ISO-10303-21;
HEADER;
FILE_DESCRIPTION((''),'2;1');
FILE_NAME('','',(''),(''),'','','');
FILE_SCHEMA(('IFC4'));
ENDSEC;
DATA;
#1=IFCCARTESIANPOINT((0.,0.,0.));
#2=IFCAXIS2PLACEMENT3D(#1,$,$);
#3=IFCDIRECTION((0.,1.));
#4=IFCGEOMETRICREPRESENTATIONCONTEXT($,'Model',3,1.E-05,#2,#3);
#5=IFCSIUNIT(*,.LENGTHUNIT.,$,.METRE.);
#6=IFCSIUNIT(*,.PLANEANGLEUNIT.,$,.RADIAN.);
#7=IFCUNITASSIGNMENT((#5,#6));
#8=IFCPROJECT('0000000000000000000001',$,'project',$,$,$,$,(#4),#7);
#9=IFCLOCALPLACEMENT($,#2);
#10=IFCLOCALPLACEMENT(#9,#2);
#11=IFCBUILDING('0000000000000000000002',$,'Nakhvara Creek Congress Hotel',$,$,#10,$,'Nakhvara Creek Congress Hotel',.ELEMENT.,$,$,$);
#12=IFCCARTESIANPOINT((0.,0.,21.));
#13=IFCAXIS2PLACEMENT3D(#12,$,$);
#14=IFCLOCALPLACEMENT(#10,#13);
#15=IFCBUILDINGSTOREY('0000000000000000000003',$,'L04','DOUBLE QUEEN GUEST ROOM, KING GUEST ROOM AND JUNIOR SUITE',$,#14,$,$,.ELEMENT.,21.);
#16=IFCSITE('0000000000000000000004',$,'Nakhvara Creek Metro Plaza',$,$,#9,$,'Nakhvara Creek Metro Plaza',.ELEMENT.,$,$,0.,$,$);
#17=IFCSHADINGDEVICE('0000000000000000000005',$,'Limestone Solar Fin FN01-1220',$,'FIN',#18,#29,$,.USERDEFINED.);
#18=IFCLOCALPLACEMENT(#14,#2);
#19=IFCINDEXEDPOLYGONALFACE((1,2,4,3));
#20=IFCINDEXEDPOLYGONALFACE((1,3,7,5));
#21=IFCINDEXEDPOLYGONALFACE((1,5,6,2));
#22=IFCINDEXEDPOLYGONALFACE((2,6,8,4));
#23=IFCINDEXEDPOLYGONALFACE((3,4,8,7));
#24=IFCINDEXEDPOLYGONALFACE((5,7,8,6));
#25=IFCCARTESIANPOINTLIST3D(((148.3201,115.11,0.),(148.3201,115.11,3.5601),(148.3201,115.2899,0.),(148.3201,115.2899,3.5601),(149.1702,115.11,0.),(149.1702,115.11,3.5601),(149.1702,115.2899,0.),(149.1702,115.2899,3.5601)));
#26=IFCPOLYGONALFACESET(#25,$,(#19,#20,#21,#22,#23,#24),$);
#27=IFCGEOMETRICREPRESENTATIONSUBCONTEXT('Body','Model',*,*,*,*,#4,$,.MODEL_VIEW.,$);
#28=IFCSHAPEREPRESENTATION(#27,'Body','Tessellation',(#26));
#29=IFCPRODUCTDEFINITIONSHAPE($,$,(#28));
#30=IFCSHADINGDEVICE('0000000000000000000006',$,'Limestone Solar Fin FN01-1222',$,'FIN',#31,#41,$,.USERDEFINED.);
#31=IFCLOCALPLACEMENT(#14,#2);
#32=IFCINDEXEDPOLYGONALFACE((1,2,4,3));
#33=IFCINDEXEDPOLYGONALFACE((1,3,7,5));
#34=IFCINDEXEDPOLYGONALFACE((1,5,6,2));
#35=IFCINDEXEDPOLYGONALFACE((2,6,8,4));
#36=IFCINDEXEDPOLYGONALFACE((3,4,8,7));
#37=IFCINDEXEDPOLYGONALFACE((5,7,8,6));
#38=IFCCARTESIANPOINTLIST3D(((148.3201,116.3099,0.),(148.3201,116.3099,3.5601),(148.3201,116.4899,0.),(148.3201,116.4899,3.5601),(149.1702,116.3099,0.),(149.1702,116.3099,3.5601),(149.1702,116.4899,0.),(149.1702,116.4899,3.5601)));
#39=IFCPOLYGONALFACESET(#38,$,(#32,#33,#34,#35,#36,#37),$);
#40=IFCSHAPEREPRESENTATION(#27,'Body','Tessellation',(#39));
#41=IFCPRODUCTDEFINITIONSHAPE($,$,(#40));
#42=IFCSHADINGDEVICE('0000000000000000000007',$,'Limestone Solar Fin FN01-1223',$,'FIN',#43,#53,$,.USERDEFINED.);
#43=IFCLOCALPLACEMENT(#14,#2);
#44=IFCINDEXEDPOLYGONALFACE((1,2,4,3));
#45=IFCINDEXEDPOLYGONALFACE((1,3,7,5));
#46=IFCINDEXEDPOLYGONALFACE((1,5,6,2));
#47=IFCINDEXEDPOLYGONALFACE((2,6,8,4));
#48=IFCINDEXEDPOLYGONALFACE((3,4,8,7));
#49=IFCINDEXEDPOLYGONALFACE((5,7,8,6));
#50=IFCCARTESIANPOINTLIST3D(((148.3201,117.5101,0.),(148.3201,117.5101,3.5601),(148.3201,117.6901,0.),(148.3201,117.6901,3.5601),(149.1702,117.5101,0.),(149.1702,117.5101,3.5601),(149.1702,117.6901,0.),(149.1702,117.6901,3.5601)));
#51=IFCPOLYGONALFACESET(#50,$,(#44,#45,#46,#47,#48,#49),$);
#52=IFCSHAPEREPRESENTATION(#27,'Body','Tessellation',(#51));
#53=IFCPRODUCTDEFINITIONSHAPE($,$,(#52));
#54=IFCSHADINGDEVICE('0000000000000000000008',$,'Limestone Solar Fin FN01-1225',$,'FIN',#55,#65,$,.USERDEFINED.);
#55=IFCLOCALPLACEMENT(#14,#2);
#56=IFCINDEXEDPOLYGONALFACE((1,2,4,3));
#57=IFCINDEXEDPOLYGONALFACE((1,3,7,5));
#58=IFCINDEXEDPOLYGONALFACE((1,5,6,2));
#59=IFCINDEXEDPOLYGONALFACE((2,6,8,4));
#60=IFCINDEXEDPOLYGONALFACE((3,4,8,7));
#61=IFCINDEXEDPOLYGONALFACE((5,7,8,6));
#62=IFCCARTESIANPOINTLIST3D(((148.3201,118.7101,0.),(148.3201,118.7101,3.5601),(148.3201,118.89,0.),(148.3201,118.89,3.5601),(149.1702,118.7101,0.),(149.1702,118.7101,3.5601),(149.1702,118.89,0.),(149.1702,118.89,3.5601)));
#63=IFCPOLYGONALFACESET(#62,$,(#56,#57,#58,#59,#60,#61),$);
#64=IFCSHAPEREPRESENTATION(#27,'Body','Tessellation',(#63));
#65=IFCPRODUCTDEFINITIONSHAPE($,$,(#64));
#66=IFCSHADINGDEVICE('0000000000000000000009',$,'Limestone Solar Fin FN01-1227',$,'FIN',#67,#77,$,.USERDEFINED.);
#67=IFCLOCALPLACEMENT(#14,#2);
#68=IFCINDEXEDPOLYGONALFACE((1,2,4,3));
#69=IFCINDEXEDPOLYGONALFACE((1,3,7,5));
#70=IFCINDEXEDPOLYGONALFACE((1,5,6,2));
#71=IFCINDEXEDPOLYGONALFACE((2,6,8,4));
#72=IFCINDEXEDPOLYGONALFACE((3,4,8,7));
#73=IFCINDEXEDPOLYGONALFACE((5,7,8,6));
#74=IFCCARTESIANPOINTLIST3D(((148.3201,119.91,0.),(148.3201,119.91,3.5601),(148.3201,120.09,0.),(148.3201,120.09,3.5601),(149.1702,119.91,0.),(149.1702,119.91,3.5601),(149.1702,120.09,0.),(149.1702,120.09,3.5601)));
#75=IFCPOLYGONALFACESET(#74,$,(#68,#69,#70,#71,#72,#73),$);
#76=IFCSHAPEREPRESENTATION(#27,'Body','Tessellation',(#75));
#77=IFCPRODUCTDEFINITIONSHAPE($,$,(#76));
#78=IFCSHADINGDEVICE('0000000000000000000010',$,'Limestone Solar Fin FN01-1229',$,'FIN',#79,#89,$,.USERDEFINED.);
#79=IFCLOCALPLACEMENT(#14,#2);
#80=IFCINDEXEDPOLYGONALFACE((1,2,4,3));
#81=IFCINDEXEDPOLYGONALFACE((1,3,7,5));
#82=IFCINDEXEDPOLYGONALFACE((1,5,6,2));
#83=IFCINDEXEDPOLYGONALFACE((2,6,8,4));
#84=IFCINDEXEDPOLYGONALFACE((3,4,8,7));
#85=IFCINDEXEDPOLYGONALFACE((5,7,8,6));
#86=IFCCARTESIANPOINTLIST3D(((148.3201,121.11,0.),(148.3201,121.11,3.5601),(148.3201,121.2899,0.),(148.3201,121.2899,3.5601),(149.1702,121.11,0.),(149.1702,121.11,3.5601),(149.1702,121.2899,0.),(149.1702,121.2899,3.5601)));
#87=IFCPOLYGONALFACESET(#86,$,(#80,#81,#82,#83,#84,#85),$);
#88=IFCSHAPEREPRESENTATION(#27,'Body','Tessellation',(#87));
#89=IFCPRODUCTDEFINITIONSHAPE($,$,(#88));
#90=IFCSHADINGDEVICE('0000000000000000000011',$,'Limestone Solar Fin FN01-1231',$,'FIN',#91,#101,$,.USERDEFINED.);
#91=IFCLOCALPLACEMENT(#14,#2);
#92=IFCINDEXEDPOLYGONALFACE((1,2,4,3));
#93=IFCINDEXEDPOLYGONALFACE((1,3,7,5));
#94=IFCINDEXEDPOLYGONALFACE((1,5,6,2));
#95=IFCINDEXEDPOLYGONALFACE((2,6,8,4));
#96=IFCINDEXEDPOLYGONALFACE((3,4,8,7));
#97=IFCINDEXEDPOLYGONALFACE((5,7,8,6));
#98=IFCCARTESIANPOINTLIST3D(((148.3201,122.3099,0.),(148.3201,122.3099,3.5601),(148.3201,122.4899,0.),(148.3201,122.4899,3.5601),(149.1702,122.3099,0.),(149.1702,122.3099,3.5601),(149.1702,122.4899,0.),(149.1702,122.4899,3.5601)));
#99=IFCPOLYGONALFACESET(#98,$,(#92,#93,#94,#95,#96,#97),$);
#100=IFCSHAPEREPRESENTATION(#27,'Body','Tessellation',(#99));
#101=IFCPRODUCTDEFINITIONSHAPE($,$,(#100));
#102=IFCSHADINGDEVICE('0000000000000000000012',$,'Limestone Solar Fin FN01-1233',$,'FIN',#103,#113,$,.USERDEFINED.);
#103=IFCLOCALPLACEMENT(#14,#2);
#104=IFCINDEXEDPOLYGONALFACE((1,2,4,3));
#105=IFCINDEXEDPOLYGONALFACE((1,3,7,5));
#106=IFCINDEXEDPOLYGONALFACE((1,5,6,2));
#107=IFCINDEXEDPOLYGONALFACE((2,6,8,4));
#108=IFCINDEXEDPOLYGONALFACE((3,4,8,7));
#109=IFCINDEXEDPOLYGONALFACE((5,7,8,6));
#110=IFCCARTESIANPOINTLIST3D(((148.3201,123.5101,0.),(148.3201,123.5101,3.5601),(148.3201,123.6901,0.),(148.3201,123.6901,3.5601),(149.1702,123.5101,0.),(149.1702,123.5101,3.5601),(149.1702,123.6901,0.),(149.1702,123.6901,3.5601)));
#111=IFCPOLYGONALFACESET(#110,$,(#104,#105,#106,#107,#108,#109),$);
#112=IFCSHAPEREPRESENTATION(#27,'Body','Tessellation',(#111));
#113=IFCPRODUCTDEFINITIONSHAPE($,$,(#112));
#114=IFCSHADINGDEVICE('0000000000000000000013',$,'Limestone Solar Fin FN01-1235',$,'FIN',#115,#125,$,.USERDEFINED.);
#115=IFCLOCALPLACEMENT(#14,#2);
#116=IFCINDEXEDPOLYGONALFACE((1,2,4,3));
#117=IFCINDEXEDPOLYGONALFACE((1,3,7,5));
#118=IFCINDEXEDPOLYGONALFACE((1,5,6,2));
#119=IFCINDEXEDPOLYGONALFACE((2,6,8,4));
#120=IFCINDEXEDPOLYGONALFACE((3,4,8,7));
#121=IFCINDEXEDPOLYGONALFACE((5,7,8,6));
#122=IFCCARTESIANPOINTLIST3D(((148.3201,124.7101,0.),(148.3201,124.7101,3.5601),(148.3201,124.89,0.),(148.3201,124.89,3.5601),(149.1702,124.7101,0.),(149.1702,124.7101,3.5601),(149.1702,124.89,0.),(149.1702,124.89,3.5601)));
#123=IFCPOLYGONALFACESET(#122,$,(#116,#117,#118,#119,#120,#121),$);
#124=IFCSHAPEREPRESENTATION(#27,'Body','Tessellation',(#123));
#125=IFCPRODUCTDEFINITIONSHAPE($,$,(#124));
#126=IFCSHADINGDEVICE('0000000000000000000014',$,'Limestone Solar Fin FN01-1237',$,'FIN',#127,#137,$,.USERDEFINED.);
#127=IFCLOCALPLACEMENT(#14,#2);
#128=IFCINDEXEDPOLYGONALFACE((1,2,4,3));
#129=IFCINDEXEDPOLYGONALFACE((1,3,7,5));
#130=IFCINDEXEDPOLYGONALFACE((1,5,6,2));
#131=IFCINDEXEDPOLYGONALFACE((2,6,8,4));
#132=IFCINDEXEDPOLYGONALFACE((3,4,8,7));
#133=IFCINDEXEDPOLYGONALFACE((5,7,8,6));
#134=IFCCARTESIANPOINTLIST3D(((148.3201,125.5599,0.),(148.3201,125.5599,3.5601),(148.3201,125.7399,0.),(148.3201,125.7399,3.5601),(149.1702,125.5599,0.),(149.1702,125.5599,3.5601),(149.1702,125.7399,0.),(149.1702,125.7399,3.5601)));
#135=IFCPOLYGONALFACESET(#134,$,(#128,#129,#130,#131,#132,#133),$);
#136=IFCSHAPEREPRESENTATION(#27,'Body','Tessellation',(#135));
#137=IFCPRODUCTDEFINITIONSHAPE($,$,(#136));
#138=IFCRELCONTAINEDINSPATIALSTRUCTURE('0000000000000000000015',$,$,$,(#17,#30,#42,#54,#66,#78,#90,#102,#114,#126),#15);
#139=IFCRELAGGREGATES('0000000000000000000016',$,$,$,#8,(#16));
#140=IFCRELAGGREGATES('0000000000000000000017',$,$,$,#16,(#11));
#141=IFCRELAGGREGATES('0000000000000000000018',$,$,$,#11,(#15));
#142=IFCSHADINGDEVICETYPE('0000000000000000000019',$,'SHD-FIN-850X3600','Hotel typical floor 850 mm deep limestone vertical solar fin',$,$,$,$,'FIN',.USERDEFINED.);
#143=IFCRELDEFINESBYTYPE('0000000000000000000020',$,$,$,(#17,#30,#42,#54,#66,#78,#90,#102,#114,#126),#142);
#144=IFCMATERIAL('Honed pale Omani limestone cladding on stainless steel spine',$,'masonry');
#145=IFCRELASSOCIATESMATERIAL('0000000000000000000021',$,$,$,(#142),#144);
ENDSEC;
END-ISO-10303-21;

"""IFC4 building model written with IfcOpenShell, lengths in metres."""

from ifc_helpers import new_model, si_unit, direction, frame, origin, origin_2d, place, context, subcontext, project, spatial, rectangle, extrude, material, type_object, element, save


model = new_model("IFC4")

# Units and contexts
model_context = context("Model", 3, precision=1e-05, world=origin(), true_north=direction((0.0, 1.0)))
body_context = subcontext(model_context, "Body", "Model", "MODEL_VIEW")
ifc_project = project(units=[si_unit("LENGTHUNIT", "METRE"), si_unit("PLANEANGLEUNIT", "RADIAN")], contexts=[model_context])

# Site, building, storey
site_placement = place(None, origin())
site = spatial("IfcSite", under=ifc_project, at=site_placement, Name="Nakhvara Creek Metro Plaza", LongName="Nakhvara Creek Metro Plaza", CompositionType="ELEMENT", RefElevation=0.0)
building_placement = place(site_placement, origin())
building = spatial("IfcBuilding", under=site, at=building_placement, Name="Nakhvara Creek Congress Hotel", LongName="Nakhvara Creek Congress Hotel", CompositionType="ELEMENT")
storey_placement = place(building_placement, frame((0.0, 0.0, 21.0)))
storey = spatial("IfcBuildingStorey", under=building, at=storey_placement, Name="L04", Description="DOUBLE QUEEN GUEST ROOM, KING GUEST ROOM AND JUNIOR SUITE", CompositionType="ELEMENT", Elevation=21.0)

# Shading devices
ifc_material_1 = material(Name="Honed pale Omani limestone cladding on stainless steel spine", Category="masonry")
shading_device_type = type_object("IfcShadingDeviceType", Name="SHD-FIN-850X3600", Description="Hotel typical floor 850 mm deep limestone vertical solar fin", ElementType="FIN", PredefinedType="USERDEFINED", material=ifc_material_1)
for number, where, z_axis, x_axis, name in (
    (1, (148.7451, 115.2, 0.0), (0.0, 0.0, 1.0), (0.0, 1.0, 0.0), "Limestone Solar Fin FN01-1220"),
    (2, (148.7451, 116.3999, 0.0), (0.0, 0.0, 1.0), (0.0, 1.0, 0.0), "Limestone Solar Fin FN01-1222"),
    (3, (148.7451, 117.6001, 0.0), (0.0, 0.0, 1.0), (0.0, 1.0, 0.0), "Limestone Solar Fin FN01-1223"),
    (4, (148.7451, 118.8, 0.0), (0.0, 0.0, 1.0), (0.0, 1.0, 0.0), "Limestone Solar Fin FN01-1225"),
    (5, (148.7451, 120.0, 0.0), (0.0, 0.0, 1.0), (0.0, 1.0, 0.0), "Limestone Solar Fin FN01-1227"),
    (6, (148.7451, 121.2, 0.0), (0.0, 0.0, 1.0), (0.0, 1.0, 0.0), "Limestone Solar Fin FN01-1229"),
    (7, (148.7451, 122.3999, 0.0), (0.0, 0.0, 1.0), (0.0, 1.0, 0.0), "Limestone Solar Fin FN01-1231"),
    (8, (148.7451, 123.6001, 0.0), (0.0, 0.0, 1.0), (0.0, 1.0, 0.0), "Limestone Solar Fin FN01-1233"),
    (9, (148.7451, 124.8, 0.0), (0.0, 0.0, 1.0), (0.0, 1.0, 0.0), "Limestone Solar Fin FN01-1235"),
    (10, (148.7451, 125.6499, 0.0), (0.0, 0.0, 1.0), (0.0, 1.0, 0.0), "Limestone Solar Fin FN01-1237"),
):
    element("IfcShadingDevice", number, at=place(storey_placement, frame(where, z_axis=z_axis, x_axis=x_axis)), inside=storey, type_object=shading_device_type, Name=name, ObjectType="FIN", PredefinedType="USERDEFINED", context=body_context, shape_type="SweptSolid", body=[
        extrude(rectangle(XDim=0.1799, YDim=0.8501, at=origin_2d()), origin(), (0.0, 0.0, 1.0), 3.5601),
    ])

save(model, "model.ifc")
